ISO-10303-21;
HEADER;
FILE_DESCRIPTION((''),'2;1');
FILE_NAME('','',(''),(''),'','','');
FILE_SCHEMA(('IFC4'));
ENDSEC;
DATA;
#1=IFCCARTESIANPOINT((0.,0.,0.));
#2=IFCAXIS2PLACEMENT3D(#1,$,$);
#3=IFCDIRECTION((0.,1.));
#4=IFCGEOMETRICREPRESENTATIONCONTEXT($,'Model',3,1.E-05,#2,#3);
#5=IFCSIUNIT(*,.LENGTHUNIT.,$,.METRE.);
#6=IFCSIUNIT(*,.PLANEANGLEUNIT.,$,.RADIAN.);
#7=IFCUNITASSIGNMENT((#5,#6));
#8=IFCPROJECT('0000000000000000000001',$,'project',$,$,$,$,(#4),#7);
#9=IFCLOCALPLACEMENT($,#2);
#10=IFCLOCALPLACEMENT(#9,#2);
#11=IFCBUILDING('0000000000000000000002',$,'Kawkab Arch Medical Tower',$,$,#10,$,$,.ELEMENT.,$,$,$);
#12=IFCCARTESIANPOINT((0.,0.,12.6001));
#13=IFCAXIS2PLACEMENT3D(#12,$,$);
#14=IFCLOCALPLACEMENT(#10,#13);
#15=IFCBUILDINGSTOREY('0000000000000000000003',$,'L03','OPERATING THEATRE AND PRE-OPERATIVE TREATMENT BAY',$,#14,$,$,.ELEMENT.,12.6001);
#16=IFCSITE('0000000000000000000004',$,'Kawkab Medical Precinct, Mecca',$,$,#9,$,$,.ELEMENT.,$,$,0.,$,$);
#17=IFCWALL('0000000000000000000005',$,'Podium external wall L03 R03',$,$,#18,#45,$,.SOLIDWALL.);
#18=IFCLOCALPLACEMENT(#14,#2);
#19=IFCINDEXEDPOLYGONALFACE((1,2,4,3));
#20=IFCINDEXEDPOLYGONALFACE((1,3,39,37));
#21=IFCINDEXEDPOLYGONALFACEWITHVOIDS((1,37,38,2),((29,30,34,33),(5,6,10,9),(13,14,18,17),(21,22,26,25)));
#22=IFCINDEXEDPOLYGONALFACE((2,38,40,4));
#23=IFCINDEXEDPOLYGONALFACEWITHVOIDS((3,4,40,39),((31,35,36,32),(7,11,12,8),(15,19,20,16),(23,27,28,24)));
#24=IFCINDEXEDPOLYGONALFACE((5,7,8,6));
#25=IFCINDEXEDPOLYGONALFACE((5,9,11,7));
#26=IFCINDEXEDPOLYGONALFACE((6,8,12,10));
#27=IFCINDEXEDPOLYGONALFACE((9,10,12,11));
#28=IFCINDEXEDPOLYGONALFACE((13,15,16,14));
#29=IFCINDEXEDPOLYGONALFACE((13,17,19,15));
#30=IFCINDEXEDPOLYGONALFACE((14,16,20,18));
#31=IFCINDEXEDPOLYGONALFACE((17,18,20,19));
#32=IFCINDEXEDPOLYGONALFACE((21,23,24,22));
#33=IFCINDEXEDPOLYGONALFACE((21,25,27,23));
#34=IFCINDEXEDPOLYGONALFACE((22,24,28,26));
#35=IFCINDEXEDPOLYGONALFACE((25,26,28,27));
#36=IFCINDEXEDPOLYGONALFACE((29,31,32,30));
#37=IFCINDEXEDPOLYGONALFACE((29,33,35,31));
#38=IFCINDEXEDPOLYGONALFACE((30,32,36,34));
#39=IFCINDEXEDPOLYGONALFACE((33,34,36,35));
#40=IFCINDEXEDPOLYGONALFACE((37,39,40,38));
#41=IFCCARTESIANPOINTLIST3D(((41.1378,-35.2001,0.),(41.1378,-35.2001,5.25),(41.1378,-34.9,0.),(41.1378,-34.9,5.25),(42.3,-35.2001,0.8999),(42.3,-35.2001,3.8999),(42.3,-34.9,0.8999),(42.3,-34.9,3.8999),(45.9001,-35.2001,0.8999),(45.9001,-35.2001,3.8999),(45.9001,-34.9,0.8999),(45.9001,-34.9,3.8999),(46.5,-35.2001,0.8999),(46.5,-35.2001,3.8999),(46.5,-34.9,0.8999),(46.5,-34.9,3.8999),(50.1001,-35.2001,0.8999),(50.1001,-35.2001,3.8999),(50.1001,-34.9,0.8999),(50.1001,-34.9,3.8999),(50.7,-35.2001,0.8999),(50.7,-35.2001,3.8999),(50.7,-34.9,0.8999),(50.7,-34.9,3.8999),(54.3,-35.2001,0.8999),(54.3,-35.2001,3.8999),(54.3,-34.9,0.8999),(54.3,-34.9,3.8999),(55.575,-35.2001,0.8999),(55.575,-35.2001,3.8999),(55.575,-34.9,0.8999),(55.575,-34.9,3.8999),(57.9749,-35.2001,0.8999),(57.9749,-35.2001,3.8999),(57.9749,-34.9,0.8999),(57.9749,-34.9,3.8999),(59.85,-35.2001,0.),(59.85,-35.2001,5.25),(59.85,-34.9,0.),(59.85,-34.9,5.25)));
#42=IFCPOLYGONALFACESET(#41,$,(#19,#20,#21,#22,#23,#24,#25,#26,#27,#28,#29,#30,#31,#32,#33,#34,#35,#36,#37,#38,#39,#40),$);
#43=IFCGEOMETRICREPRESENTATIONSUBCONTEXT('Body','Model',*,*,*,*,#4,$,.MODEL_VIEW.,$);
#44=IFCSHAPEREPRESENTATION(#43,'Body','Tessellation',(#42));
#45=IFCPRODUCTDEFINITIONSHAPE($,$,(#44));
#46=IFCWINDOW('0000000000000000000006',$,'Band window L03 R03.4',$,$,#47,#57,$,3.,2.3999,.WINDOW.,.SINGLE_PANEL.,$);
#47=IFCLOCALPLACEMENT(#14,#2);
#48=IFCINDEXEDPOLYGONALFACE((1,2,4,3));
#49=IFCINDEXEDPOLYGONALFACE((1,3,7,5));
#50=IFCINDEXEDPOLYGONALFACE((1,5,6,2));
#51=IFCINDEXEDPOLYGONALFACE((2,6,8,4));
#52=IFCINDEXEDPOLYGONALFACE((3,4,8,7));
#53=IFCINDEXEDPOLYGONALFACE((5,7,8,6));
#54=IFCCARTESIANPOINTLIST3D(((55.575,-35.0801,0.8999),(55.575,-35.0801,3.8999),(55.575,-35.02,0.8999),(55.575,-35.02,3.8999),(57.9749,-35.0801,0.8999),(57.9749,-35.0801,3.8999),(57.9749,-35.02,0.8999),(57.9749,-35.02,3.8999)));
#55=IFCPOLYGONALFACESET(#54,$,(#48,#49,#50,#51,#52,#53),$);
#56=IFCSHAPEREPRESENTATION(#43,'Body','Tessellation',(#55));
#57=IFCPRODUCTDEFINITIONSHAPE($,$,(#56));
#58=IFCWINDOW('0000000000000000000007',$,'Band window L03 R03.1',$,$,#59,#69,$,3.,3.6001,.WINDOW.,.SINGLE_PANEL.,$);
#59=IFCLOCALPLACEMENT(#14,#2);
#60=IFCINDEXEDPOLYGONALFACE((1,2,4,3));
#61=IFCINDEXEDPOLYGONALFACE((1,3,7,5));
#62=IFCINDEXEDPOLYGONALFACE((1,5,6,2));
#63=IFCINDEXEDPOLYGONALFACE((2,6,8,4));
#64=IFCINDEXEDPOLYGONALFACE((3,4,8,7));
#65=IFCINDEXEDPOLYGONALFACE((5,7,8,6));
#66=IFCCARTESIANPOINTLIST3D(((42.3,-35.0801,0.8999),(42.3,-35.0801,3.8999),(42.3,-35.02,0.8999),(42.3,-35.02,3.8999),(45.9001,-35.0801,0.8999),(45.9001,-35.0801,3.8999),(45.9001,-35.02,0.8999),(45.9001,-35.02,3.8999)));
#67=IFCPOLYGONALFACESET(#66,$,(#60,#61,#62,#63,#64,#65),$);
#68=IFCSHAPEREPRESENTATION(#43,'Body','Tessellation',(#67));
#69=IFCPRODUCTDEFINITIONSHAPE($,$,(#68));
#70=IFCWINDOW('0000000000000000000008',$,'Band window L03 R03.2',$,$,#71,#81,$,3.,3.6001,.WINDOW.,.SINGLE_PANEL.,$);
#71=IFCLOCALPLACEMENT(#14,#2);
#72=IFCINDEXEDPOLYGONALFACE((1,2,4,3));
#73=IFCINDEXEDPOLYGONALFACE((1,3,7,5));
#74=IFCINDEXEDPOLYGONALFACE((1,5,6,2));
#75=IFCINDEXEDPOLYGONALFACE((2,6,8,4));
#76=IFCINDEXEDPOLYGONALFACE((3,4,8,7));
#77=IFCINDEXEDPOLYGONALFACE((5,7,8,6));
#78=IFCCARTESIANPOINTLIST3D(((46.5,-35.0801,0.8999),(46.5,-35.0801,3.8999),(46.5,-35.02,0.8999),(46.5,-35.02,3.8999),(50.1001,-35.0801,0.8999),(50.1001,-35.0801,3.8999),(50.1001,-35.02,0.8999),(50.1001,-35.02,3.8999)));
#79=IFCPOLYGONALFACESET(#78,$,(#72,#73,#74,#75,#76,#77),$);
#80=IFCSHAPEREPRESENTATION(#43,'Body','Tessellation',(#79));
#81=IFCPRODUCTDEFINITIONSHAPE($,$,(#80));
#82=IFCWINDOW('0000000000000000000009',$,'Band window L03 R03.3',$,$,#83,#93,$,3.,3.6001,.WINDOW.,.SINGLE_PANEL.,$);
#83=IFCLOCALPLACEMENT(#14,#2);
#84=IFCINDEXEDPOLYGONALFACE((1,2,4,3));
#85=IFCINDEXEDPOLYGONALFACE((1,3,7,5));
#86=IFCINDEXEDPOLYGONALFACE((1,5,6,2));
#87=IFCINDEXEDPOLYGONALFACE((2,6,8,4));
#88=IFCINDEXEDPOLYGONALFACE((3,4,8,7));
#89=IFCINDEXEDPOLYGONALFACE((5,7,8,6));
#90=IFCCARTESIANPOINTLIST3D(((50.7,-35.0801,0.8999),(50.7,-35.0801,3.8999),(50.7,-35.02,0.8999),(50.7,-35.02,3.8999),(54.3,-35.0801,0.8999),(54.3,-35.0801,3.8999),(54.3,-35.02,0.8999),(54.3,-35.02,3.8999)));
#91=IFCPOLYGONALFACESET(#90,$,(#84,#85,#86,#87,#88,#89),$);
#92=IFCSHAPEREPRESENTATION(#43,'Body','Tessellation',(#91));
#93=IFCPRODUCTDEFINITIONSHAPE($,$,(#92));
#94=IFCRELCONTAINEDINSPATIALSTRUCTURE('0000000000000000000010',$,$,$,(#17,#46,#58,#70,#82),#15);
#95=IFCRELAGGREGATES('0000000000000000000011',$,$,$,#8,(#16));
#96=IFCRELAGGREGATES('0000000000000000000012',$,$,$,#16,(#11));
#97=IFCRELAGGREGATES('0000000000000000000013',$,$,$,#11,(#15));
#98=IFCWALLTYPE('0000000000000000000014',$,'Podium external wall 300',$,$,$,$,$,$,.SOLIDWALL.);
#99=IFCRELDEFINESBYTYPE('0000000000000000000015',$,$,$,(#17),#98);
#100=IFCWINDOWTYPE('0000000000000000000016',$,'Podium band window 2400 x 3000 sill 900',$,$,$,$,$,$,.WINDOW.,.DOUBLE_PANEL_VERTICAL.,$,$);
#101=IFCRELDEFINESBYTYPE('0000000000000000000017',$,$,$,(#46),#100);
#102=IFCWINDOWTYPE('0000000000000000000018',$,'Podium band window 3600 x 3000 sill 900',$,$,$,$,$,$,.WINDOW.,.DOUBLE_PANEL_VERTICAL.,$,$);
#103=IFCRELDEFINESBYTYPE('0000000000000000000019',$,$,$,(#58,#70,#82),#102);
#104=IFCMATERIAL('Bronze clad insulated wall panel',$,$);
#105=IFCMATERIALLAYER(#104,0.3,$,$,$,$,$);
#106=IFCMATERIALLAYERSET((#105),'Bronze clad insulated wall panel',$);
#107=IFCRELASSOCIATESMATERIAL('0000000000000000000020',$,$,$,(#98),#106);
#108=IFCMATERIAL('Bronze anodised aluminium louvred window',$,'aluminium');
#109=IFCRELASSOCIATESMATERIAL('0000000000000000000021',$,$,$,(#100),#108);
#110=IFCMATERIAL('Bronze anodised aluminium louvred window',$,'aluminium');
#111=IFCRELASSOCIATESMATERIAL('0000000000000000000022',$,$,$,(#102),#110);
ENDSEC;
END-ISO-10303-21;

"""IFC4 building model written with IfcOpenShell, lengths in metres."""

from ifc_helpers import new_model, si_unit, direction, frame, frame_2d, origin, place, context, subcontext, project, spatial, rectangle, extrude, material, layer, layer_set, type_object, element, fill, save


model = new_model("IFC4")

# Units and contexts
model_context = context("Model", 3, precision=1e-05, world=origin(), true_north=direction((0.0, 1.0)))
body_context = subcontext(model_context, "Body", "Model", "MODEL_VIEW")
ifc_project = project(units=[si_unit("LENGTHUNIT", "METRE"), si_unit("PLANEANGLEUNIT", "RADIAN")], contexts=[model_context])

# Site, building, storey
site_placement = place(None, origin())
site = spatial("IfcSite", under=ifc_project, at=site_placement, Name="Kawkab Medical Precinct, Mecca", CompositionType="ELEMENT", RefElevation=0.0)
building_placement = place(site_placement, origin())
building = spatial("IfcBuilding", under=site, at=building_placement, Name="Kawkab Arch Medical Tower", CompositionType="ELEMENT")
storey_placement = place(building_placement, frame((0.0, 0.0, 12.6001)))
storey = spatial("IfcBuildingStorey", under=building, at=storey_placement, Name="L03", Description="OPERATING THEATRE AND PRE-OPERATIVE TREATMENT BAY", CompositionType="ELEMENT", Elevation=12.6001)

# Wall, openings, windows
ifc_material_1 = material(Name="Bronze clad insulated wall panel")
ifc_layer_1 = layer(ifc_material_1, 0.3)
ifc_layer_set_1 = layer_set([ifc_layer_1], Name="Bronze clad insulated wall panel")
wall_type_1 = type_object("IfcWallType", Name="Podium external wall 300", PredefinedType="SOLIDWALL", material=ifc_layer_set_1)
wall_1_placement = place(storey_placement, frame((41.1379, -35.05, 0.0), z_axis=(0.0, 0.0, 1.0), x_axis=(1.0, 0.0, 0.0)))
wall_1 = element("IfcWall", 1, at=wall_1_placement, inside=storey, type_object=wall_type_1, Name="Podium external wall L03 R03", PredefinedType="SOLIDWALL", context=body_context, shape_type="SweptSolid", body=[
    extrude(rectangle(XDim=18.7122, YDim=0.3, at=frame_2d((9.356, 0.0))), origin(), (0.0, 0.0, 1.0), 5.25),
])
opening_1_placement = place(wall_1_placement, frame((1.1621, 0.0, 0.8999)))
opening_1 = element("IfcOpeningElement", 2, at=opening_1_placement, cuts=wall_1, PredefinedType="OPENING", context=body_context, shape_type="SweptSolid", body=[
    extrude(rectangle(XDim=3.6001, YDim=3.0, at=frame_2d((1.8, 1.5))), frame((0.0, 0.1599, 0.0), z_axis=(0.0, -1.0, 0.0), x_axis=(1.0, 0.0, 0.0)), (0.0, 0.0, 1.0), 0.3201),
])
opening_2_placement = place(wall_1_placement, frame((5.3621, 0.0, 0.8999)))
opening_2 = element("IfcOpeningElement", 3, at=opening_2_placement, cuts=wall_1, PredefinedType="OPENING", context=body_context, shape_type="SweptSolid", body=[
    extrude(rectangle(XDim=3.6001, YDim=3.0, at=frame_2d((1.8, 1.5))), frame((0.0, 0.1599, 0.0), z_axis=(0.0, -1.0, 0.0), x_axis=(1.0, 0.0, 0.0)), (0.0, 0.0, 1.0), 0.3201),
])
opening_3_placement = place(wall_1_placement, frame((9.562, 0.0, 0.8999)))
opening_3 = element("IfcOpeningElement", 4, at=opening_3_placement, cuts=wall_1, PredefinedType="OPENING", context=body_context, shape_type="SweptSolid", body=[
    extrude(rectangle(XDim=3.6001, YDim=3.0, at=frame_2d((1.8, 1.5))), frame((0.0, 0.1599, 0.0), z_axis=(0.0, -1.0, 0.0), x_axis=(1.0, 0.0, 0.0)), (0.0, 0.0, 1.0), 0.3201),
])
opening_4_placement = place(wall_1_placement, frame((14.437, 0.0, 0.8999)))
opening_4 = element("IfcOpeningElement", 5, at=opening_4_placement, cuts=wall_1, PredefinedType="OPENING", context=body_context, shape_type="SweptSolid", body=[
    extrude(rectangle(XDim=2.3999, YDim=3.0, at=frame_2d((1.2, 1.5))), frame((0.0, 0.1599, 0.0), z_axis=(0.0, -1.0, 0.0), x_axis=(1.0, 0.0, 0.0)), (0.0, 0.0, 1.0), 0.3201),
])
ifc_material_2 = material(Name="Bronze anodised aluminium louvred window", Category="aluminium")
window_type_1 = type_object("IfcWindowType", Name="Podium band window 2400 x 3000 sill 900", PartitioningType="DOUBLE_PANEL_VERTICAL", PredefinedType="WINDOW", material=ifc_material_2)
window_1_placement = place(opening_4_placement, origin())
window_1 = element("IfcWindow", 6, at=window_1_placement, inside=storey, type_object=window_type_1, Name="Band window L03 R03.4", OverallHeight=3.0, OverallWidth=2.3999, PartitioningType="SINGLE_PANEL", PredefinedType="WINDOW", context=body_context, shape_type="SweptSolid", body=[
    extrude(rectangle(XDim=2.3999, YDim=3.0, at=frame_2d((1.2, 1.5))), frame((0.0, 0.03, 0.0), z_axis=(0.0, -1.0, 0.0), x_axis=(1.0, 0.0, 0.0)), (0.0, 0.0, 1.0), 0.0601),
])
fill(opening_4, window_1)
ifc_material_3 = material(Name="Bronze anodised aluminium louvred window", Category="aluminium")
window_type_2 = type_object("IfcWindowType", Name="Podium band window 3600 x 3000 sill 900", PartitioningType="DOUBLE_PANEL_VERTICAL", PredefinedType="WINDOW", material=ifc_material_3)
window_2_placement = place(opening_1_placement, origin())
window_2 = element("IfcWindow", 7, at=window_2_placement, inside=storey, type_object=window_type_2, Name="Band window L03 R03.1", OverallHeight=3.0, OverallWidth=3.6001, PartitioningType="SINGLE_PANEL", PredefinedType="WINDOW", context=body_context, shape_type="SweptSolid", body=[
    extrude(rectangle(XDim=3.6001, YDim=3.0, at=frame_2d((1.8, 1.5))), frame((0.0, 0.03, 0.0), z_axis=(0.0, -1.0, 0.0), x_axis=(1.0, 0.0, 0.0)), (0.0, 0.0, 1.0), 0.0601),
])
fill(opening_1, window_2)
window_3_placement = place(opening_2_placement, origin())
window_3 = element("IfcWindow", 8, at=window_3_placement, inside=storey, type_object=window_type_2, Name="Band window L03 R03.2", OverallHeight=3.0, OverallWidth=3.6001, PartitioningType="SINGLE_PANEL", PredefinedType="WINDOW", context=body_context, shape_type="SweptSolid", body=[
    extrude(rectangle(XDim=3.6001, YDim=3.0, at=frame_2d((1.8, 1.5))), frame((0.0, 0.03, 0.0), z_axis=(0.0, -1.0, 0.0), x_axis=(1.0, 0.0, 0.0)), (0.0, 0.0, 1.0), 0.0601),
])
fill(opening_2, window_3)
window_4_placement = place(opening_3_placement, origin())
window_4 = element("IfcWindow", 9, at=window_4_placement, inside=storey, type_object=window_type_2, Name="Band window L03 R03.3", OverallHeight=3.0, OverallWidth=3.6001, PartitioningType="SINGLE_PANEL", PredefinedType="WINDOW", context=body_context, shape_type="SweptSolid", body=[
    extrude(rectangle(XDim=3.6001, YDim=3.0, at=frame_2d((1.8, 1.5))), frame((0.0, 0.03, 0.0), z_axis=(0.0, -1.0, 0.0), x_axis=(1.0, 0.0, 0.0)), (0.0, 0.0, 1.0), 0.0601),
])
fill(opening_3, window_4)

save(model, "model.ifc")
